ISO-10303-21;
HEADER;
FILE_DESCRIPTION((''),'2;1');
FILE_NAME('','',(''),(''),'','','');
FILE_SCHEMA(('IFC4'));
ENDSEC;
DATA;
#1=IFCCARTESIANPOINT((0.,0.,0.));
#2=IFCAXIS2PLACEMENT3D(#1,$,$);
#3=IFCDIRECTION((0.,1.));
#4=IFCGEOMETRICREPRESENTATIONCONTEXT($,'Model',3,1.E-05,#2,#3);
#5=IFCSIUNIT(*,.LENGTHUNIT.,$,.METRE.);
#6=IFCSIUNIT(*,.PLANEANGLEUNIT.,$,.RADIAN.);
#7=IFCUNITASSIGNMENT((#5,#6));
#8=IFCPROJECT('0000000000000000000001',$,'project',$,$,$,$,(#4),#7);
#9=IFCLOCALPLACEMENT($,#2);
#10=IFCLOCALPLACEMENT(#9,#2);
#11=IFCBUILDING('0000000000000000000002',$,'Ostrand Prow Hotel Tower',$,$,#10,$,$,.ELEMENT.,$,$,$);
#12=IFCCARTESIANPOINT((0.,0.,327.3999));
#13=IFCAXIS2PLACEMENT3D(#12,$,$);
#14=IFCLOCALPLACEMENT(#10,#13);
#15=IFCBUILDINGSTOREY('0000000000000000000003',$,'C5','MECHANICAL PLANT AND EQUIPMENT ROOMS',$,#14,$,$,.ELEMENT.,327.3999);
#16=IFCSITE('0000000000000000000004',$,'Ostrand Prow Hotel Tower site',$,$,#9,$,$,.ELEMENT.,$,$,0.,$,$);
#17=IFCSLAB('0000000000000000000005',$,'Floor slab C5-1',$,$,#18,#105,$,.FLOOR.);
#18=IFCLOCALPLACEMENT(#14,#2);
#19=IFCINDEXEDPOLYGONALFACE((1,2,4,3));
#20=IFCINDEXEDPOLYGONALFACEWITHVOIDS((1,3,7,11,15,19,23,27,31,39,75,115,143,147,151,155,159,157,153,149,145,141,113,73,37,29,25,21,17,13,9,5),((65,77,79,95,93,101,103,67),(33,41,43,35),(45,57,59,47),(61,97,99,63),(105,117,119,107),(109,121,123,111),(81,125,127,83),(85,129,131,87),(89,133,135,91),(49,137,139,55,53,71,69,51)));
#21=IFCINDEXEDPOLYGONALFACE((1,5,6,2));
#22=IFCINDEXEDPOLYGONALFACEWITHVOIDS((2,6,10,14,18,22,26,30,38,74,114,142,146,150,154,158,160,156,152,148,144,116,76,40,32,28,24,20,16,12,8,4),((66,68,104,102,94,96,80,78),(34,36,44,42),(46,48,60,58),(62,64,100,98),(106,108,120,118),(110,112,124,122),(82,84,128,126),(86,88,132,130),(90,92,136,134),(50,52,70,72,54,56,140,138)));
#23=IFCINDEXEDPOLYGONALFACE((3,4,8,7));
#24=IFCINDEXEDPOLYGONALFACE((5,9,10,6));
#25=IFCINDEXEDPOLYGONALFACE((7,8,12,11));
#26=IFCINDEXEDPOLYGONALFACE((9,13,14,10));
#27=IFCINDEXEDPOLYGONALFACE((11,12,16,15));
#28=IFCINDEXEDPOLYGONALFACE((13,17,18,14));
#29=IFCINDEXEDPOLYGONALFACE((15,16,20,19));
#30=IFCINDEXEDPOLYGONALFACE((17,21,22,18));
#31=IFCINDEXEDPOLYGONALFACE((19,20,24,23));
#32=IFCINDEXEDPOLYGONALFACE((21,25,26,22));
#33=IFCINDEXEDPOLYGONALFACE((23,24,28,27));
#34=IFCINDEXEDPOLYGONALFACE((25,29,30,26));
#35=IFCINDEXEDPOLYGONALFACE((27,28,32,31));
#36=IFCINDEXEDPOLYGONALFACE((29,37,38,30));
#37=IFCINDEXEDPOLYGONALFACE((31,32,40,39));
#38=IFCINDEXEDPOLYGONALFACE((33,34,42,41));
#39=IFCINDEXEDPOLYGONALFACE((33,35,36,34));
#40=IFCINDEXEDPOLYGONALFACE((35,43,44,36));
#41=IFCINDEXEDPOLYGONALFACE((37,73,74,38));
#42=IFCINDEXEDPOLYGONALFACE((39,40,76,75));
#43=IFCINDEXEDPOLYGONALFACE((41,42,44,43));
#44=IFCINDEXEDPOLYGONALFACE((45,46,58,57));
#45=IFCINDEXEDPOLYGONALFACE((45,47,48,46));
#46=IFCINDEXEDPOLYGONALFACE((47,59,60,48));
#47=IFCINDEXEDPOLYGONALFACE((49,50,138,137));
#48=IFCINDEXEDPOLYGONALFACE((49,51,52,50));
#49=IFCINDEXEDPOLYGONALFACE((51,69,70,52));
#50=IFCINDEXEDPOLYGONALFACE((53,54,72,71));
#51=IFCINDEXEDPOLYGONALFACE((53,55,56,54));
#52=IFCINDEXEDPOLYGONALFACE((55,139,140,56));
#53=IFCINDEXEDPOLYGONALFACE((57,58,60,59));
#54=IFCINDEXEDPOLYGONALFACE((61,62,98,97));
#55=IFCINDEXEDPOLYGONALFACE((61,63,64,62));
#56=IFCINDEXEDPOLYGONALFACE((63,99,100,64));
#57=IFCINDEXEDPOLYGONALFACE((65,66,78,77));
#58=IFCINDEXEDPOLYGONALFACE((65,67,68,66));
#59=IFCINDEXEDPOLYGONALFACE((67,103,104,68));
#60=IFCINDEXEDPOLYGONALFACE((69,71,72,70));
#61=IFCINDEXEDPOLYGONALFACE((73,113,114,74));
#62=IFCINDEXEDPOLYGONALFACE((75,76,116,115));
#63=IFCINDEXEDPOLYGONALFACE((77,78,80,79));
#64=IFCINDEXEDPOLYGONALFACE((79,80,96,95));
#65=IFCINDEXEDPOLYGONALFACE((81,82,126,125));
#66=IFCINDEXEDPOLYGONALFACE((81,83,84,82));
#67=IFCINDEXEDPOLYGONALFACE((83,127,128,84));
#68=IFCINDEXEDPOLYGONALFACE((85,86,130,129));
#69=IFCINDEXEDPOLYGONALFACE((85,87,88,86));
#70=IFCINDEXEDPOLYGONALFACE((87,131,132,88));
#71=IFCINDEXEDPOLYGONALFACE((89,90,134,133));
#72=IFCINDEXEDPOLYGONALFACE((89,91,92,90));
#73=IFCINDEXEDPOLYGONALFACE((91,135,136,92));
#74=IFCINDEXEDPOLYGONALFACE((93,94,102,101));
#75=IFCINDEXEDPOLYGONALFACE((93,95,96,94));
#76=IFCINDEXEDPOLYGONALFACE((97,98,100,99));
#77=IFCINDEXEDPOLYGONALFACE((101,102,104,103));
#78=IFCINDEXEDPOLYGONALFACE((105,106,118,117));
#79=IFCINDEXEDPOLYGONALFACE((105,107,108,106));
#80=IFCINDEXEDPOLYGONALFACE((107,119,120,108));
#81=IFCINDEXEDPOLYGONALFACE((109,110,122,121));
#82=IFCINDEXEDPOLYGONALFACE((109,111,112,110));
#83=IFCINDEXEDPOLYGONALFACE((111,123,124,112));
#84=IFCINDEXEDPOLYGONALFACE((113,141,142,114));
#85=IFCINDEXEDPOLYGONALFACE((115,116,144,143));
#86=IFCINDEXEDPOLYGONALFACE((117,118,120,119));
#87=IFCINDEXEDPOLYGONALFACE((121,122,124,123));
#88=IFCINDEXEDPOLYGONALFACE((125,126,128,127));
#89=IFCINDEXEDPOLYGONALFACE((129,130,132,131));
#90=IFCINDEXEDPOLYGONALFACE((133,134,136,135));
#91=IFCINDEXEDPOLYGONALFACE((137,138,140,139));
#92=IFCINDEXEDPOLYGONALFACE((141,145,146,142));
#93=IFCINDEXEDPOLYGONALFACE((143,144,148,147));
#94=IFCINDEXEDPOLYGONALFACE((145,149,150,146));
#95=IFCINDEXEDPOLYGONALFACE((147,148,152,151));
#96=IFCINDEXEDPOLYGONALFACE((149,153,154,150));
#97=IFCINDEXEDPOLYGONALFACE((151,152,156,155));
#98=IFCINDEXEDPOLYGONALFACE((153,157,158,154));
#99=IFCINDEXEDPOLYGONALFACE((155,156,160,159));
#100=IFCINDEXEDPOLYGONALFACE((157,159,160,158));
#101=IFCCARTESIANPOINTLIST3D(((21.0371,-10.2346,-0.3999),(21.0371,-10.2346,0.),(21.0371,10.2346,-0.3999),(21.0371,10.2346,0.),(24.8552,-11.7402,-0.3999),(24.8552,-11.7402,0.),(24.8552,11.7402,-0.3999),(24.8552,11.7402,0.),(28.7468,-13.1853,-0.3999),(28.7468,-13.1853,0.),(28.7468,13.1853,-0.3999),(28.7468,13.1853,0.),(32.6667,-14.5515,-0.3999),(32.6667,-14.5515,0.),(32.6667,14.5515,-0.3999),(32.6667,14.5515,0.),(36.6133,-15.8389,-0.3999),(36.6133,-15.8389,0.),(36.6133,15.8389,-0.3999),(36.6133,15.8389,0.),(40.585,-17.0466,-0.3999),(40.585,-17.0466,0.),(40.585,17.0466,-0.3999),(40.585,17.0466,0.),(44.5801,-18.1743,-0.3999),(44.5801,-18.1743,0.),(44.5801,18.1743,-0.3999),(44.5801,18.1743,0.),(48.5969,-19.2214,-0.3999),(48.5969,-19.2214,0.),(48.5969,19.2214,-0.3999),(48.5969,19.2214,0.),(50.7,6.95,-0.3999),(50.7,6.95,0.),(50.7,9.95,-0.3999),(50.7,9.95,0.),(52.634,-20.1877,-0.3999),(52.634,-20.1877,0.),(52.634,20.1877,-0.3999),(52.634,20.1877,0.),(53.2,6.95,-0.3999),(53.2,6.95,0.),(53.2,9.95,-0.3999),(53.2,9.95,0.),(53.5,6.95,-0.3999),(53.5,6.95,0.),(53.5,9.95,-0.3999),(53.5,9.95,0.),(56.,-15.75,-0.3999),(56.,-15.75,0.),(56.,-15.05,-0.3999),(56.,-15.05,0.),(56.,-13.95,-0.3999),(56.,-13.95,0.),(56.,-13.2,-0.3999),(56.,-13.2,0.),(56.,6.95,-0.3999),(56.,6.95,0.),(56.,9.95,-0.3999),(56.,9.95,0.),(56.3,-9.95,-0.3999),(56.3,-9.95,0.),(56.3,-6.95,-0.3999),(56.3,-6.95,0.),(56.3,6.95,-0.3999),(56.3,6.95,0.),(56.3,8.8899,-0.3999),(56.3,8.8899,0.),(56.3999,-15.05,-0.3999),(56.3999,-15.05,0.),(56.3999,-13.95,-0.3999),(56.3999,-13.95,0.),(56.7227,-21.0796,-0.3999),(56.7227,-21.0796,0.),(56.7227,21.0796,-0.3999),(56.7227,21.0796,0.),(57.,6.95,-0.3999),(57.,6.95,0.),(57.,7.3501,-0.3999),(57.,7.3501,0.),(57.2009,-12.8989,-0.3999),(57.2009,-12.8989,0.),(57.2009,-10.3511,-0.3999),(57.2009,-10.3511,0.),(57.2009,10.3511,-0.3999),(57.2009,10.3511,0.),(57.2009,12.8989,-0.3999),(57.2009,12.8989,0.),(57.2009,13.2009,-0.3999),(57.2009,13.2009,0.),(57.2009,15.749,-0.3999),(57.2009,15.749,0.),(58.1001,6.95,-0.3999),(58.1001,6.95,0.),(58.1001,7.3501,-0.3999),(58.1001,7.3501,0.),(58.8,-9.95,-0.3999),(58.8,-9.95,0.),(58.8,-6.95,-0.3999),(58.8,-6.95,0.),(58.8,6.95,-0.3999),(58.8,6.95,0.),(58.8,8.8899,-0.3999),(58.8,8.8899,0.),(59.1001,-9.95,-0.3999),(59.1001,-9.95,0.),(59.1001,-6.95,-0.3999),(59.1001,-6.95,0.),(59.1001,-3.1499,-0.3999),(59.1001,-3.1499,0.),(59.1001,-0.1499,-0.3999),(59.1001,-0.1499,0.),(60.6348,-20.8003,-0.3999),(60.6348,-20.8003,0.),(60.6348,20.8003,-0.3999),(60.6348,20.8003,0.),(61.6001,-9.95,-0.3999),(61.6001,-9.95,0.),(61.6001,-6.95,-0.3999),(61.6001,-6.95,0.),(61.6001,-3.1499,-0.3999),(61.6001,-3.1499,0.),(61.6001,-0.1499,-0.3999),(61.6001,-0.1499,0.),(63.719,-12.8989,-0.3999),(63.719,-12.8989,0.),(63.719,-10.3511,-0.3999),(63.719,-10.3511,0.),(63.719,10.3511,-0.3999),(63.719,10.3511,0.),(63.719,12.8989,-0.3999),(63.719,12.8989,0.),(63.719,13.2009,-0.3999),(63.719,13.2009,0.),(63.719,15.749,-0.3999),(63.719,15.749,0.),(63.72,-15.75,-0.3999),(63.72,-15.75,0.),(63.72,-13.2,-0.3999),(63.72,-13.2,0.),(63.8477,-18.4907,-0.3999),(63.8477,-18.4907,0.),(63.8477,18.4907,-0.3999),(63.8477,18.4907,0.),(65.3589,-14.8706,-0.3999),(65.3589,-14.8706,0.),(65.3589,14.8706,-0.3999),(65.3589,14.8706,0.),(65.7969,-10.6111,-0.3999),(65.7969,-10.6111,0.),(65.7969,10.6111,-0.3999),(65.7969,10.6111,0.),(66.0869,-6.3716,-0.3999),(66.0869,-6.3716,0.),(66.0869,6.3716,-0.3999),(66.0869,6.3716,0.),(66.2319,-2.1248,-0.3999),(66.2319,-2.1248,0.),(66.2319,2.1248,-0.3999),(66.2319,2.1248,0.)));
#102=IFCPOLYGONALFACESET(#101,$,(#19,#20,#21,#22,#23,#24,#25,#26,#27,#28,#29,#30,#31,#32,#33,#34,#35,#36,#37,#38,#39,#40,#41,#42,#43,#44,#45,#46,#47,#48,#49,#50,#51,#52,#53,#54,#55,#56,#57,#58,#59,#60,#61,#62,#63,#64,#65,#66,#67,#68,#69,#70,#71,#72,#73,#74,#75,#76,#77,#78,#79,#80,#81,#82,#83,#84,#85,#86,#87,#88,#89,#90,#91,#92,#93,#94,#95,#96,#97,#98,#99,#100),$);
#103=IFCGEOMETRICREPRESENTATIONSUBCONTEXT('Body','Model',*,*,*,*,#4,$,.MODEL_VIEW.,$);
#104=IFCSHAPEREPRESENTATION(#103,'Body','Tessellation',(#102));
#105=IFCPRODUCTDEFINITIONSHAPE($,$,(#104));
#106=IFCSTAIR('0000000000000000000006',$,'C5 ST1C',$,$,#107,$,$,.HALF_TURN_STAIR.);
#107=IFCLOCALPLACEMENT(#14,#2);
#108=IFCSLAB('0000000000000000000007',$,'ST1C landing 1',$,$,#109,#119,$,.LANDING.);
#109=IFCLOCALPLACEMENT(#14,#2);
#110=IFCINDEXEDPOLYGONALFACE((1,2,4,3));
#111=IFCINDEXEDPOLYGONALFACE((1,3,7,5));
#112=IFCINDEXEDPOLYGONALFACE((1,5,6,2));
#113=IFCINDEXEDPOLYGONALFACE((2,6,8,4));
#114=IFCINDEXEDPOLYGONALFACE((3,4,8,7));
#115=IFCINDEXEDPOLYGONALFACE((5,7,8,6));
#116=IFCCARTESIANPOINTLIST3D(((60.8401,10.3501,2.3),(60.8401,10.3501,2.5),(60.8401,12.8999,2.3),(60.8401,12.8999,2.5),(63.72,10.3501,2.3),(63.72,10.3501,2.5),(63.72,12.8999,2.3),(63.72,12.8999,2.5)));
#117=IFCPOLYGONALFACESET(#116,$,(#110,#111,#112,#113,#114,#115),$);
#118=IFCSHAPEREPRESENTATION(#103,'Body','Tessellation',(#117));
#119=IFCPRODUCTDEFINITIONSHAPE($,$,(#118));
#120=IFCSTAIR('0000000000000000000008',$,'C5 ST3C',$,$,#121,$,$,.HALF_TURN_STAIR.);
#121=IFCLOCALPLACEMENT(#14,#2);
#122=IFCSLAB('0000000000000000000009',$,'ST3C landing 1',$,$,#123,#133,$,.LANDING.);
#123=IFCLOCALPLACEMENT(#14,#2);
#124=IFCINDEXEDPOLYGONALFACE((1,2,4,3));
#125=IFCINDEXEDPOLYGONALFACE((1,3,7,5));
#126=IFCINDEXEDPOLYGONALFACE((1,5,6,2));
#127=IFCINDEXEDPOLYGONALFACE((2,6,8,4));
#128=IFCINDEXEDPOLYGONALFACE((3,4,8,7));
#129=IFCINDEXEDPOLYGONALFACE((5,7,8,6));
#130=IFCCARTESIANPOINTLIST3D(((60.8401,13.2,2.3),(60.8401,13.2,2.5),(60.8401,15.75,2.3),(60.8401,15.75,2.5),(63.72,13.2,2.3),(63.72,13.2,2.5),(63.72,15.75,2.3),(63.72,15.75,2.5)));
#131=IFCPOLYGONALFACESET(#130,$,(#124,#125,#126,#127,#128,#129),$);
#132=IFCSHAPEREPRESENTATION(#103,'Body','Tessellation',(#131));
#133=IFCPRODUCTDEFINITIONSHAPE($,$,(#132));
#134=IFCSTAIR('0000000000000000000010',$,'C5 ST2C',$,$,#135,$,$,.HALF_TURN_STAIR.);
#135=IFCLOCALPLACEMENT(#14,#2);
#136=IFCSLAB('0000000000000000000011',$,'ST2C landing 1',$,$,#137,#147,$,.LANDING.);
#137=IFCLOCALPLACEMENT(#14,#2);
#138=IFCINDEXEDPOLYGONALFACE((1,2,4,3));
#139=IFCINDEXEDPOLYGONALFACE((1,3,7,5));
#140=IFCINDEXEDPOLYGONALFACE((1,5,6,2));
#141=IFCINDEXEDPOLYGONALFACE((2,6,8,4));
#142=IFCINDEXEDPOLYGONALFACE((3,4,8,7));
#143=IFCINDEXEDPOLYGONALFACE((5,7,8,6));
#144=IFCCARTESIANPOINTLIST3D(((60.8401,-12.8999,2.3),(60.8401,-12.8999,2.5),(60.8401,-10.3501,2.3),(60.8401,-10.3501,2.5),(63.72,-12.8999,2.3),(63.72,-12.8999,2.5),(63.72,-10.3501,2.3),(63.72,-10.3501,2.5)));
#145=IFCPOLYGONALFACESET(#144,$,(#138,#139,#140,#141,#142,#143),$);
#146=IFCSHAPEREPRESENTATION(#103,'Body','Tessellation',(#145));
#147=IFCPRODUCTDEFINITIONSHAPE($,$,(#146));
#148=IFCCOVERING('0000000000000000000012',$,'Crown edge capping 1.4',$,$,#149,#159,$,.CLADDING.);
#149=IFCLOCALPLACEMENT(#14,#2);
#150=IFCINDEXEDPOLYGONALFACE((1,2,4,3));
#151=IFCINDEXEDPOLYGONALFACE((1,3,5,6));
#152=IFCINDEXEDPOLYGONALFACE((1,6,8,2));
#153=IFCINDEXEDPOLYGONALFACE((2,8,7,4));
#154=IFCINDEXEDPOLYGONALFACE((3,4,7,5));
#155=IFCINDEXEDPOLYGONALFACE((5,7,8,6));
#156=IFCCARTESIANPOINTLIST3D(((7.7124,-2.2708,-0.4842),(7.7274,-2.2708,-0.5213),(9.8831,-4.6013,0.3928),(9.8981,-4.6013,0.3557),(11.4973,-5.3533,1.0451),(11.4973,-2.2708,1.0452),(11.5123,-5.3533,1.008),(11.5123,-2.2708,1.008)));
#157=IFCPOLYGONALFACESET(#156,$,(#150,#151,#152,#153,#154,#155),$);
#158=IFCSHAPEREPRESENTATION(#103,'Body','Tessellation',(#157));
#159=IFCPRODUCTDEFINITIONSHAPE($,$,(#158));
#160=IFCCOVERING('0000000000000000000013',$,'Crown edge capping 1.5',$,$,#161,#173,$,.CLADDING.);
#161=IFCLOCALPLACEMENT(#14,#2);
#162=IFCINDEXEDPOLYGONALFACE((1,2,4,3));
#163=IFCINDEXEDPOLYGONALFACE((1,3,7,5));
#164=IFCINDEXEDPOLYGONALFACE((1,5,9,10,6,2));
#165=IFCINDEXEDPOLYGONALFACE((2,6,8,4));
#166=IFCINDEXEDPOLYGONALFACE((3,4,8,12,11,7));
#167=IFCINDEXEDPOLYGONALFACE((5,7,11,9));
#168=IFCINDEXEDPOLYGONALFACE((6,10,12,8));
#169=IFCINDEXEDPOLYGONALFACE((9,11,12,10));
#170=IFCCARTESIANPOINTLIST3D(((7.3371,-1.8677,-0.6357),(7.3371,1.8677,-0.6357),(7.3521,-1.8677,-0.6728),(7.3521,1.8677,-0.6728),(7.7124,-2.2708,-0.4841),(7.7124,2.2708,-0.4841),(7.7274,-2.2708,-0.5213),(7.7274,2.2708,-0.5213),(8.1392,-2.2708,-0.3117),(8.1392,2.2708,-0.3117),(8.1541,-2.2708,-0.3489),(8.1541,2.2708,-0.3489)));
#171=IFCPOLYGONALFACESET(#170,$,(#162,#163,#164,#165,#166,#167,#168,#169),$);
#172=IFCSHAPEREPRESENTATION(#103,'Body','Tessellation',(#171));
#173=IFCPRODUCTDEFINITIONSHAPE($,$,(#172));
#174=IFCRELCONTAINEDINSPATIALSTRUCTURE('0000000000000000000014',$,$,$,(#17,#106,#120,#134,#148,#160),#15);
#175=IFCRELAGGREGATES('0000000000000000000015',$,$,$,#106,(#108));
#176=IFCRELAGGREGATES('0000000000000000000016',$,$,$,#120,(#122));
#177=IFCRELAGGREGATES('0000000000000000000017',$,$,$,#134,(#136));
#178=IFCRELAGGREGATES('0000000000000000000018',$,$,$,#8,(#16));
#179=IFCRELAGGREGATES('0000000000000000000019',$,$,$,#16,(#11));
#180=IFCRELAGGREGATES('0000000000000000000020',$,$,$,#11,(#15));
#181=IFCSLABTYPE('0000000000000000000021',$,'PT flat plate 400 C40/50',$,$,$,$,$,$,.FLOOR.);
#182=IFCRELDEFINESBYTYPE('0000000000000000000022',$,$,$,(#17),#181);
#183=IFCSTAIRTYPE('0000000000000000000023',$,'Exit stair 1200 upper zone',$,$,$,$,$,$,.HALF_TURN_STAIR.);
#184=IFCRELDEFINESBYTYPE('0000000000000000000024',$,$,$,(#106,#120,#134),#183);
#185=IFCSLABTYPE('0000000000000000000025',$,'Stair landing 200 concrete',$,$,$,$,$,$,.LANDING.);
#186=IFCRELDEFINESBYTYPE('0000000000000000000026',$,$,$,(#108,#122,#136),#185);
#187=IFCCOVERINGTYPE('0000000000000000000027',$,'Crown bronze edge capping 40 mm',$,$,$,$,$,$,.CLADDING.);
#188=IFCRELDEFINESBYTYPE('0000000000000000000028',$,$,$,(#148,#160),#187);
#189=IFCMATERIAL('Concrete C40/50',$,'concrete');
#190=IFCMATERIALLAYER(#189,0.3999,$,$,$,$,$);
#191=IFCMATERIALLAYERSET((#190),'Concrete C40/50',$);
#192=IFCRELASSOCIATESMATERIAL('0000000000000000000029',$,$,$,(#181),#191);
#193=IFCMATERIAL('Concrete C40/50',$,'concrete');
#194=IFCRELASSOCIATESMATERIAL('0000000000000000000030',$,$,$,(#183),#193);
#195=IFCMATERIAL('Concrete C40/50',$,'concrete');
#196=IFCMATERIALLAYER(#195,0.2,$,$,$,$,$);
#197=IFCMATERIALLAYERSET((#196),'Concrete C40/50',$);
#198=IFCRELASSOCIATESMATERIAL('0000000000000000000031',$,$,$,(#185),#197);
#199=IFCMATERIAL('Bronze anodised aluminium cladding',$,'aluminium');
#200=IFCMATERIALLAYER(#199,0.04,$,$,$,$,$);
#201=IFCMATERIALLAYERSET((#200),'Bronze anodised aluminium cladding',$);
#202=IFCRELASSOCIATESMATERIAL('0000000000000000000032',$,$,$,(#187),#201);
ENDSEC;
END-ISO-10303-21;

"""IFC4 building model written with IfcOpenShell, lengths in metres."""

from ifc_helpers import new_model, si_unit, direction, frame, origin, place, context, subcontext, project, spatial, polyline, outline, extrude, material, layer, layer_set, type_object, element, aggregate, save


model = new_model("IFC4")

# Units and contexts
model_context = context("Model", 3, precision=1e-05, world=origin(), true_north=direction((0.0, 1.0)))
body_context = subcontext(model_context, "Body", "Model", "MODEL_VIEW")
ifc_project = project(units=[si_unit("LENGTHUNIT", "METRE"), si_unit("PLANEANGLEUNIT", "RADIAN")], contexts=[model_context])

# Site, building, storey
site_placement = place(None, origin())
site = spatial("IfcSite", under=ifc_project, at=site_placement, Name="Ostrand Prow Hotel Tower site", CompositionType="ELEMENT", RefElevation=0.0)
building_placement = place(site_placement, origin())
building = spatial("IfcBuilding", under=site, at=building_placement, Name="Ostrand Prow Hotel Tower", CompositionType="ELEMENT")
storey_placement = place(building_placement, frame((0.0, 0.0, 327.3999)))
storey = spatial("IfcBuildingStorey", under=building, at=storey_placement, Name="C5", Description="MECHANICAL PLANT AND EQUIPMENT ROOMS", CompositionType="ELEMENT", Elevation=327.3999)

# Slab, openings
ifc_material_1 = material(Name="Concrete C40/50", Category="concrete")
ifc_layer_1 = layer(ifc_material_1, 0.3999)
ifc_layer_set_1 = layer_set([ifc_layer_1], Name="Concrete C40/50")
slab_type_1 = type_object("IfcSlabType", Name="PT flat plate 400 C40/50", PredefinedType="FLOOR", material=ifc_layer_set_1)
slab_1_placement = place(storey_placement, frame((0.0, 0.0, -0.3999)))
slab_1 = element("IfcSlab", 1, at=slab_1_placement, inside=storey, type_object=slab_type_1, Name="Floor slab C5-1", PredefinedType="FLOOR", context=body_context, shape_type="SweptSolid", body=[
    extrude(outline(polyline([(24.8552, 11.7402), (28.7468, 13.1853), (32.6667, 14.5515), (36.6133, 15.8389), (40.585, 17.0466), (44.5801, 18.1743), (48.5969, 19.2214), (52.634, 20.1877), (56.7227, 21.0796), (60.6348, 20.8003), (63.8477, 18.4907), (65.3589, 14.8706), (65.7969, 10.6111), (66.0869, 6.3716), (66.2319, 2.1248), (66.2319, -2.1248), (66.0869, -6.3716), (65.7969, -10.6111), (65.3589, -14.8706), (63.8477, -18.4907), (60.6348, -20.8003), (56.7227, -21.0796), (52.634, -20.1877), (48.5969, -19.2214), (44.5801, -18.1743), (40.585, -17.0466), (36.6133, -15.8389), (32.6667, -14.5515), (28.7468, -13.1853), (24.8552, -11.7402), (21.0371, -10.2346), (21.0371, 10.2346), (24.8552, 11.7402)]), holes=[polyline([(50.7, 6.95), (53.2, 6.95), (53.2, 9.95), (50.7, 9.95), (50.7, 6.95)]), polyline([(53.5, 6.95), (56.0, 6.95), (56.0, 9.95), (53.5, 9.95), (53.5, 6.95)]), polyline([(59.1001, -3.1499), (61.6001, -3.1499), (61.6001, -0.1499), (59.1001, -0.1499), (59.1001, -3.1499)]), polyline([(56.3, -9.95), (58.8, -9.95), (58.8, -6.95), (56.3, -6.95), (56.3, -9.95)]), polyline([(59.1001, -9.95), (61.6001, -9.95), (61.6001, -6.95), (59.1001, -6.95), (59.1001, -9.95)]), polyline([(57.2009, 10.3511), (57.2009, 12.8989), (63.719, 12.8989), (63.719, 10.3511), (57.2009, 10.3511)]), polyline([(57.2009, 13.2009), (57.2009, 15.749), (63.719, 15.749), (63.719, 13.2009), (57.2009, 13.2009)]), polyline([(57.2009, -12.8989), (57.2009, -10.3511), (63.719, -10.3511), (63.719, -12.8989), (57.2009, -12.8989)]), polyline([(58.8, 6.95), (58.1001, 6.95), (58.1001, 7.3501), (57.0, 7.3501), (57.0, 6.95), (56.3, 6.95), (56.3, 8.8899), (58.8, 8.8899), (58.8, 6.95)]), polyline([(56.0, -15.75), (56.0, -15.05), (56.3999, -15.05), (56.3999, -13.95), (56.0, -13.95), (56.0, -13.2), (63.72, -13.2), (63.72, -15.75), (56.0, -15.75)])]), origin(), (0.0, 0.0, 1.0), 0.3999),
])
opening_1_placement = place(slab_1_placement, origin())
element("IfcOpeningElement", 2, at=opening_1_placement, cuts=slab_1, PredefinedType="OPENING", context=body_context, shape_type="SweptSolid", body=[
    extrude(outline(polyline([(58.8, 6.95), (58.1001, 6.95), (58.1001, 7.3501), (57.0, 7.3501), (57.0, 6.95), (56.3, 6.95), (56.3, 8.8899), (58.8, 8.8899), (58.8, 6.95)])), origin(), (0.0, 0.0, 1.0), 0.3999),
])
opening_2_placement = place(slab_1_placement, origin())
element("IfcOpeningElement", 3, at=opening_2_placement, cuts=slab_1, PredefinedType="OPENING", context=body_context, shape_type="SweptSolid", body=[
    extrude(outline(polyline([(56.0, -15.75), (56.0, -15.05), (56.3999, -15.05), (56.3999, -13.95), (56.0, -13.95), (56.0, -13.2), (63.72, -13.2), (63.72, -15.75), (56.0, -15.75)])), origin(), (0.0, 0.0, 1.0), 0.3999),
])

# Stairs, slabs
ifc_material_2 = material(Name="Concrete C40/50", Category="concrete")
stair_type = type_object("IfcStairType", Name="Exit stair 1200 upper zone", PredefinedType="HALF_TURN_STAIR", material=ifc_material_2)
stair_1_placement = place(storey_placement, origin())
stair_1 = element("IfcStair", 4, at=stair_1_placement, inside=storey, type_object=stair_type, Name="C5 ST1C", PredefinedType="HALF_TURN_STAIR")
ifc_material_3 = material(Name="Concrete C40/50", Category="concrete")
ifc_layer_2 = layer(ifc_material_3, 0.2)
ifc_layer_set_2 = layer_set([ifc_layer_2], Name="Concrete C40/50")
slab_type_2 = type_object("IfcSlabType", Name="Stair landing 200 concrete", PredefinedType="LANDING", material=ifc_layer_set_2)
slab_2_placement = place(storey_placement, frame((0.0, 0.0, 2.3)))
slab_2 = element("IfcSlab", 5, at=slab_2_placement, type_object=slab_type_2, Name="ST1C landing 1", PredefinedType="LANDING", context=body_context, shape_type="SweptSolid", body=[
    extrude(outline(polyline([(60.8401, 10.3501), (63.72, 10.3501), (63.72, 12.8999), (60.8401, 12.8999), (60.8401, 10.3501)])), origin(), (0.0, 0.0, 1.0), 0.2),
])
aggregate(stair_1, [slab_2])
stair_2_placement = place(storey_placement, origin())
stair_2 = element("IfcStair", 6, at=stair_2_placement, inside=storey, type_object=stair_type, Name="C5 ST3C", PredefinedType="HALF_TURN_STAIR")
slab_3_placement = place(storey_placement, frame((0.0, 0.0, 2.3)))
slab_3 = element("IfcSlab", 7, at=slab_3_placement, type_object=slab_type_2, Name="ST3C landing 1", PredefinedType="LANDING", context=body_context, shape_type="SweptSolid", body=[
    extrude(outline(polyline([(60.8401, 13.2), (63.72, 13.2), (63.72, 15.75), (60.8401, 15.75), (60.8401, 13.2)])), origin(), (0.0, 0.0, 1.0), 0.2),
])
aggregate(stair_2, [slab_3])
stair_3_placement = place(storey_placement, origin())
stair_3 = element("IfcStair", 8, at=stair_3_placement, inside=storey, type_object=stair_type, Name="C5 ST2C", PredefinedType="HALF_TURN_STAIR")
slab_4_placement = place(storey_placement, frame((0.0, 0.0, 2.3)))
slab_4 = element("IfcSlab", 9, at=slab_4_placement, type_object=slab_type_2, Name="ST2C landing 1", PredefinedType="LANDING", context=body_context, shape_type="SweptSolid", body=[
    extrude(outline(polyline([(60.8401, -12.8999), (63.72, -12.8999), (63.72, -10.3501), (60.8401, -10.3501), (60.8401, -12.8999)])), origin(), (0.0, 0.0, 1.0), 0.2),
])
aggregate(stair_3, [slab_4])

# Coverings
ifc_material_4 = material(Name="Bronze anodised aluminium cladding", Category="aluminium")
ifc_layer_3 = layer(ifc_material_4, 0.04)
ifc_layer_set_3 = layer_set([ifc_layer_3], Name="Bronze anodised aluminium cladding")
covering_type_1 = type_object("IfcCoveringType", Name="Crown bronze edge capping 40 mm", PredefinedType="CLADDING", material=ifc_layer_set_3)
covering_1_placement = place(storey_placement, frame((9.8831, -4.6013, 0.3928), z_axis=(-0.374644, -0.000026, 0.927169), x_axis=(0.851181, -0.39649, 0.343929)))
element("IfcCovering", 10, at=covering_1_placement, inside=storey, type_object=covering_type_1, Name="Crown edge capping 1.4", PredefinedType="CLADDING", context=body_context, shape_type="SweptSolid", body=[
    extrude(outline(polyline([(0.0, 0.0), (1.8965, 0.0), (0.6743, 2.8299), (-3.0733, 1.2113), (0.0, 0.0)])), origin(), (0.0, 0.0, -1.0), 0.04),
])
covering_2_placement = place(storey_placement, frame((7.7124, -2.2708, -0.4841), z_axis=(-0.374549, 0.0, 0.927207), x_axis=(0.927207, 0.0, 0.374549)))
element("IfcCovering", 11, at=covering_2_placement, inside=storey, type_object=covering_type_1, Name="Crown edge capping 1.5", PredefinedType="CLADDING", context=body_context, shape_type="SweptSolid", body=[
    extrude(outline(polyline([(0.0, 0.0), (0.4603, 0.0), (0.4603, 4.5415), (0.0, 4.5415), (-0.4047, 4.1384), (-0.4047, 0.4031), (0.0, 0.0)])), origin(), (0.0, 0.0, -1.0), 0.04),
])

save(model, "model.ifc")
